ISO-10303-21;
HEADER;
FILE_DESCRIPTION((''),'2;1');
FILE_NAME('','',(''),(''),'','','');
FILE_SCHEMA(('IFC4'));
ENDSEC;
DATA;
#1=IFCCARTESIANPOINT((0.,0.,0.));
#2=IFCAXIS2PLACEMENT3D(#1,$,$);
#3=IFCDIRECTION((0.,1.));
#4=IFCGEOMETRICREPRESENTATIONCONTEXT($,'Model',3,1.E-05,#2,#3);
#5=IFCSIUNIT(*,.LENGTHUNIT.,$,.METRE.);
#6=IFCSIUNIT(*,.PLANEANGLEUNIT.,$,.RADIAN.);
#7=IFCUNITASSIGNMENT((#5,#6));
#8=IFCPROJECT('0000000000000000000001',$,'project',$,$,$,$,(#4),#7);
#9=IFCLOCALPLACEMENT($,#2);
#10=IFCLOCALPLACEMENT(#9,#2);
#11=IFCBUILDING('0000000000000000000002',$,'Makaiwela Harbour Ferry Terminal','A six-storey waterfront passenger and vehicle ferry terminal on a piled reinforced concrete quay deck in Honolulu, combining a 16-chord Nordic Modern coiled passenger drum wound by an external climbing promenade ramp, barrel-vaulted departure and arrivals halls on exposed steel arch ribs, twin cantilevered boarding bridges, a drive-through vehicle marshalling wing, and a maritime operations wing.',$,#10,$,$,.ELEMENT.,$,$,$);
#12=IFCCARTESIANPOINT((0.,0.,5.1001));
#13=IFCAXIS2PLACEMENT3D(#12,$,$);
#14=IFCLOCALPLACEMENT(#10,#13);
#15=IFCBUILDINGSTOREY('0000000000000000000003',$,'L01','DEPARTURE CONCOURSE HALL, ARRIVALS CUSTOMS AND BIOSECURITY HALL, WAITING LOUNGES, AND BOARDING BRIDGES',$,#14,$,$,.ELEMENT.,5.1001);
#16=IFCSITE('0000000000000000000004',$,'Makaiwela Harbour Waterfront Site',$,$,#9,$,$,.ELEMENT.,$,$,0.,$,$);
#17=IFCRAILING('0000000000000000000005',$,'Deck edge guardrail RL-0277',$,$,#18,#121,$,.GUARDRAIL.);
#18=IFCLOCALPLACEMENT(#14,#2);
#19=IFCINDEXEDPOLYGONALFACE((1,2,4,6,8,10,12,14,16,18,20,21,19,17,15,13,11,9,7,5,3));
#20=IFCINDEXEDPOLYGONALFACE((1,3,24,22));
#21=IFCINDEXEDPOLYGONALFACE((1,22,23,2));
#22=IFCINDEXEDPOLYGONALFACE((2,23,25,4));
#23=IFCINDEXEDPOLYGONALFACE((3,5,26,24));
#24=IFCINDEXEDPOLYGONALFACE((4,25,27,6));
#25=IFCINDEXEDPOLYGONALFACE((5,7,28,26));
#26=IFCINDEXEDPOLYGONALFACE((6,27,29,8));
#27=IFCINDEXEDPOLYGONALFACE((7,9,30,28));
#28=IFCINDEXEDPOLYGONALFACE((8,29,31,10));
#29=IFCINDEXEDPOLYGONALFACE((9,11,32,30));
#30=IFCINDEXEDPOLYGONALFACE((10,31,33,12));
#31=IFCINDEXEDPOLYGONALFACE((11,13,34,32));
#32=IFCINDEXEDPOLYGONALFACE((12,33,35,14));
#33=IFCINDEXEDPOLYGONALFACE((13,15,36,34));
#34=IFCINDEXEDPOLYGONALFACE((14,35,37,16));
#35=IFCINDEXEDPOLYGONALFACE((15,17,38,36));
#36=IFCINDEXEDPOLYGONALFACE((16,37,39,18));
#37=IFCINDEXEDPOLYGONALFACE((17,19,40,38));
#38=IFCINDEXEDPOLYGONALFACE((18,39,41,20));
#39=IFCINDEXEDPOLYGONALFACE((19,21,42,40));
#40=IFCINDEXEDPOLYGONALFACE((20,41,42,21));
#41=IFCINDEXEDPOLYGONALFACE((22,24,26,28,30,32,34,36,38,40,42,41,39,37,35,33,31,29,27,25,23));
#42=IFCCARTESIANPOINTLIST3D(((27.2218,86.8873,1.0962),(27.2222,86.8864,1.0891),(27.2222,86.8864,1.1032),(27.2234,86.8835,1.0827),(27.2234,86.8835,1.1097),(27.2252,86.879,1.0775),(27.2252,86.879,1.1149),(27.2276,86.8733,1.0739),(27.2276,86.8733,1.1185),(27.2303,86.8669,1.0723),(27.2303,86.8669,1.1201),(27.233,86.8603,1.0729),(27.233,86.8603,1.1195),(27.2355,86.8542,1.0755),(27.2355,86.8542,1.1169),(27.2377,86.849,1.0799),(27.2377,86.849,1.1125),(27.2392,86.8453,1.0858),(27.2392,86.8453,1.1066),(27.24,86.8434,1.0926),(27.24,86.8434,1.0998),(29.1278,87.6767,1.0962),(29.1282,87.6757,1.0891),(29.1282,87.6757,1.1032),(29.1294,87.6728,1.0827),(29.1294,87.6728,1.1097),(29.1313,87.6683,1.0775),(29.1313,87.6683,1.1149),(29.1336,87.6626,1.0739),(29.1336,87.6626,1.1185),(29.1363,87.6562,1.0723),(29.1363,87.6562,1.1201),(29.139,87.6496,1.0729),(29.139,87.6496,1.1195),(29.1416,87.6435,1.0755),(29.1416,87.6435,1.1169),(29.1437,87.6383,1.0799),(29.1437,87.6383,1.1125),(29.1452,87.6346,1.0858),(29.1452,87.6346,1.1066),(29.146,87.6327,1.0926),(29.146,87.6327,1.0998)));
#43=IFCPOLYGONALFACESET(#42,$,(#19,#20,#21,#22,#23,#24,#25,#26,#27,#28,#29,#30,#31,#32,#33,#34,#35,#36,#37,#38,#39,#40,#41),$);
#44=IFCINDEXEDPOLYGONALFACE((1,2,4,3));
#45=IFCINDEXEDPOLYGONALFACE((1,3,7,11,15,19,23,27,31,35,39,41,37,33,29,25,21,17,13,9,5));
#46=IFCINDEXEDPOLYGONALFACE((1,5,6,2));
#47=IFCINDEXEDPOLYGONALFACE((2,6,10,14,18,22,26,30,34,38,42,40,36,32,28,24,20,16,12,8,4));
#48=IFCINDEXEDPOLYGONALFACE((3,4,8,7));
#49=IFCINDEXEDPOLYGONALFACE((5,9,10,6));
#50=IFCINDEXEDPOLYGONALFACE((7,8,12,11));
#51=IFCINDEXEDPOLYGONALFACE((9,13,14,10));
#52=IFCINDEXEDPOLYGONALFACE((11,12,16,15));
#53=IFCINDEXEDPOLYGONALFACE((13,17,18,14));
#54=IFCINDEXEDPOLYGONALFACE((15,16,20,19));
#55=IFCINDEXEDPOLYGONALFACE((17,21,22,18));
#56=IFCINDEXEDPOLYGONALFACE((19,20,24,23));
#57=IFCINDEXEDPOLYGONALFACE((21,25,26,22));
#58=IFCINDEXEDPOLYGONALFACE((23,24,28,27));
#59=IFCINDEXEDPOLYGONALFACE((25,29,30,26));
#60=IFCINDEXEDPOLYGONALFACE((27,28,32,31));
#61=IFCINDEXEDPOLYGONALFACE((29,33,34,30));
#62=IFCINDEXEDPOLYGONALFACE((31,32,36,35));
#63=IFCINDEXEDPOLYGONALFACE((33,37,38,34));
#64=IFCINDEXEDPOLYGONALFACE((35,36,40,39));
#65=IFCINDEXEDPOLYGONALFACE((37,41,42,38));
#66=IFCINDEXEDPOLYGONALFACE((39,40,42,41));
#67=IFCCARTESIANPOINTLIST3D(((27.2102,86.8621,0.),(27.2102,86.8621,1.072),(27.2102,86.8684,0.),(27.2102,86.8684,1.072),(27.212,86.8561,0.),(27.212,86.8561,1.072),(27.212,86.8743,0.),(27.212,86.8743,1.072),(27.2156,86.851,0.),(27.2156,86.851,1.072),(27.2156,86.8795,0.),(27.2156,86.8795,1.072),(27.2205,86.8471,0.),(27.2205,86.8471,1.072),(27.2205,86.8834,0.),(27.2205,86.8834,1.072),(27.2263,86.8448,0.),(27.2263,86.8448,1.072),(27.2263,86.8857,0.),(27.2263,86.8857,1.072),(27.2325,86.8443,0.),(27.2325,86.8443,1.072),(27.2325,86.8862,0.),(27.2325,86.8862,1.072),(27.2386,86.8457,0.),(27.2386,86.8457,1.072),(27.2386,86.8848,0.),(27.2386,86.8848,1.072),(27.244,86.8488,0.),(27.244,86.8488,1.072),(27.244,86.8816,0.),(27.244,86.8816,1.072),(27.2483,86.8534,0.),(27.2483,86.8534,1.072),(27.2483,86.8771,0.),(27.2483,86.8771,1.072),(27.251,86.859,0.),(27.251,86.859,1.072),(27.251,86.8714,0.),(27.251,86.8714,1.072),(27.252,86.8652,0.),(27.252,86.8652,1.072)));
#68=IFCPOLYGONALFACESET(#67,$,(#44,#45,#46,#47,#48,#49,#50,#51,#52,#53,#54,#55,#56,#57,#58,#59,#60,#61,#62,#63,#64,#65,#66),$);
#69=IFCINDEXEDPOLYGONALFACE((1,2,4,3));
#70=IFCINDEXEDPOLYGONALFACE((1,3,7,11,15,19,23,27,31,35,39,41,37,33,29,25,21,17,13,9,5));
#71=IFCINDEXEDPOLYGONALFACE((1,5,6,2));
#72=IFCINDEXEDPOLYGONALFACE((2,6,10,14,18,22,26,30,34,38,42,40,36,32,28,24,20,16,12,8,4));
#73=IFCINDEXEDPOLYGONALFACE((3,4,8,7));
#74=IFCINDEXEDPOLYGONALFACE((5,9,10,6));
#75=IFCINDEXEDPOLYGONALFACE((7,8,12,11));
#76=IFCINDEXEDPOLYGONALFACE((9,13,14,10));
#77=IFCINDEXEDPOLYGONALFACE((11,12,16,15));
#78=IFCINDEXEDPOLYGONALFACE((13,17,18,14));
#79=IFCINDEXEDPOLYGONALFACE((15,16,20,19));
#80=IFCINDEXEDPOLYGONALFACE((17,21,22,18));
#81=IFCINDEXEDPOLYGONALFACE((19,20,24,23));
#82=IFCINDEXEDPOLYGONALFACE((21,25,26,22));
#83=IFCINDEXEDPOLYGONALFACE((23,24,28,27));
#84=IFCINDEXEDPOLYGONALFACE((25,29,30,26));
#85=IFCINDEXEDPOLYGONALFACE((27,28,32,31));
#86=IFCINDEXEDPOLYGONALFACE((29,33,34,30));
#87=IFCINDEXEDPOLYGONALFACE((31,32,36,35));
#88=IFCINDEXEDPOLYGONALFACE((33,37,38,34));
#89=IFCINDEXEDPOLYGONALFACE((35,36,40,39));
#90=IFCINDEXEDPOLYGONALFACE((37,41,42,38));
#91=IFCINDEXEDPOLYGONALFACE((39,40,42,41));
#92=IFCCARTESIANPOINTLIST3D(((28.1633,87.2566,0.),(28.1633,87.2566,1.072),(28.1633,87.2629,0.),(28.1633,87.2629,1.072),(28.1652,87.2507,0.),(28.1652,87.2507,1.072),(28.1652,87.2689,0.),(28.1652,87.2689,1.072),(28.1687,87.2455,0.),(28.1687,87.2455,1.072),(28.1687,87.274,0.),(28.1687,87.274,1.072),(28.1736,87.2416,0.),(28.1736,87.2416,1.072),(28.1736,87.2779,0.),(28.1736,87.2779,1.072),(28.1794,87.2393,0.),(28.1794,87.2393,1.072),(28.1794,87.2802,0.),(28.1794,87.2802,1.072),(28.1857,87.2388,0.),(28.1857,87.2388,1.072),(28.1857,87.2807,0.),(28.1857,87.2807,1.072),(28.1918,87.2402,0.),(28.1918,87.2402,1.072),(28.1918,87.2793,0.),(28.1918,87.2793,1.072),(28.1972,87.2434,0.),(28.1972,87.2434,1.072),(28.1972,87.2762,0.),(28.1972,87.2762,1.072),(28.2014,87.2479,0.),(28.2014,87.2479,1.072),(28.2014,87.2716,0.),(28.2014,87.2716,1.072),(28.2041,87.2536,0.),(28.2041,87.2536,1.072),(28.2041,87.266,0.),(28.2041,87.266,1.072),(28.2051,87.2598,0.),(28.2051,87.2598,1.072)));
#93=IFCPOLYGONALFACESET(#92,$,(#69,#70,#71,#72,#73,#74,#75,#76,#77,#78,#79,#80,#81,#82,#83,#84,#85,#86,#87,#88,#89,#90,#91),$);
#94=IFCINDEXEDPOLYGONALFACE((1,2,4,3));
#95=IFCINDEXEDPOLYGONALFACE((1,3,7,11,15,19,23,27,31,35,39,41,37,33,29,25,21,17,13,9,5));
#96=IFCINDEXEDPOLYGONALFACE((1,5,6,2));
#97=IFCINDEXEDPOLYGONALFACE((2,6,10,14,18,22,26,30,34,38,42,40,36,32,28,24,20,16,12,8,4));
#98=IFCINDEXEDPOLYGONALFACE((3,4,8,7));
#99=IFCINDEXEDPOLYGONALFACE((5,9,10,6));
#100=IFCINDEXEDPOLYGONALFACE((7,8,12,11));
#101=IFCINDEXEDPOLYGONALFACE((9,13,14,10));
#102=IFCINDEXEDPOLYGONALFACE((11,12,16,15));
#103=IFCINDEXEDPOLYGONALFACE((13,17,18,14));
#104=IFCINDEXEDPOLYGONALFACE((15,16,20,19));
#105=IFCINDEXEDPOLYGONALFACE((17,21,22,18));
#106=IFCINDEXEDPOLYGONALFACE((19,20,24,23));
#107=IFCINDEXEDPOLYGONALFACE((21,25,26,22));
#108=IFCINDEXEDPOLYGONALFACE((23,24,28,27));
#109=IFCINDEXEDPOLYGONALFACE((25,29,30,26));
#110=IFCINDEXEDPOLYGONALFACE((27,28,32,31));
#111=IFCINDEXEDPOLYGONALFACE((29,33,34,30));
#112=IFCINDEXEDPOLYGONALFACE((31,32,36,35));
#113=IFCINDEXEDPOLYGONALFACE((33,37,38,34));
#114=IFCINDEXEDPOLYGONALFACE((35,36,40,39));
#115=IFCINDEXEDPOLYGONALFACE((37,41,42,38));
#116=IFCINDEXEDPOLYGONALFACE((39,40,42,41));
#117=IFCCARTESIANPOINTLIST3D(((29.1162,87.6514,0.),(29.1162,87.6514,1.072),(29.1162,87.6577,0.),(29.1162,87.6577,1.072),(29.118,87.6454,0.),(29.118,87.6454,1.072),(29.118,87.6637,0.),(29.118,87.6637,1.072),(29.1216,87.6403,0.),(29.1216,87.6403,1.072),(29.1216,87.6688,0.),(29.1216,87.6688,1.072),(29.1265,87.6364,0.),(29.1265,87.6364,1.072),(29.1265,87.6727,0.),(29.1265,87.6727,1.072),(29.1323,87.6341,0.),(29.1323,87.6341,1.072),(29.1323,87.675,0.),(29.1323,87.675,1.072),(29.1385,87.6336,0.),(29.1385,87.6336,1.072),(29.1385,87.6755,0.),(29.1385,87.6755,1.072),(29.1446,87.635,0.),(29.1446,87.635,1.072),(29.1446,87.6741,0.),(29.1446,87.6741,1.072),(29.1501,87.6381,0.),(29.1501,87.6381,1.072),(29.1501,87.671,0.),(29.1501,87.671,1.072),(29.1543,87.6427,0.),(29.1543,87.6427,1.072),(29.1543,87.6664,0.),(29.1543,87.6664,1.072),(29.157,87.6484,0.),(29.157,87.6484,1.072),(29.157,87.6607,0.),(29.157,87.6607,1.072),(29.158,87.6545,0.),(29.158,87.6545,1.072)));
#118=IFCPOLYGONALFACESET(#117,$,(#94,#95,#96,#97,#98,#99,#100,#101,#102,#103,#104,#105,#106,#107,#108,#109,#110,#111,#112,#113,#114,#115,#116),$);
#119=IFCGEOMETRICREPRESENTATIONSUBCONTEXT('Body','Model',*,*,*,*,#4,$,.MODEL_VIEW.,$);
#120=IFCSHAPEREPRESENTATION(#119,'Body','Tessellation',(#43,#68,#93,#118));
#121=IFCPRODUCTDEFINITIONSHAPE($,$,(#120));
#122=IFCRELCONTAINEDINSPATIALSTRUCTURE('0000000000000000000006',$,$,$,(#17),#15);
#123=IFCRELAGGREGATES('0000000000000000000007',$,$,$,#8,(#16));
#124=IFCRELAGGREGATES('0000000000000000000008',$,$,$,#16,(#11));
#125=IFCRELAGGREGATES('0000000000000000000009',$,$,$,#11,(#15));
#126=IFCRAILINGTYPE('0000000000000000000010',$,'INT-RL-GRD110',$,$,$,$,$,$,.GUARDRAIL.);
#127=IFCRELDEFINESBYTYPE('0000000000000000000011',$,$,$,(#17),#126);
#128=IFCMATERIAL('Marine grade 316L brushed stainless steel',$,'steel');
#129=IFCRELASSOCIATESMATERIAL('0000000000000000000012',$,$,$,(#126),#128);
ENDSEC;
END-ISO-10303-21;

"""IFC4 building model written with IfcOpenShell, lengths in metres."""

from ifc_helpers import new_model, si_unit, direction, frame, origin, origin_2d, place, context, subcontext, project, spatial, circle, extrude, material, type_object, element, save


model = new_model("IFC4")

# Units and contexts
model_context = context("Model", 3, precision=1e-05, world=origin(), true_north=direction((0.0, 1.0)))
body_context = subcontext(model_context, "Body", "Model", "MODEL_VIEW")
ifc_project = project(units=[si_unit("LENGTHUNIT", "METRE"), si_unit("PLANEANGLEUNIT", "RADIAN")], contexts=[model_context])

# Site, building, storey
site_placement = place(None, origin())
site = spatial("IfcSite", under=ifc_project, at=site_placement, Name="Makaiwela Harbour Waterfront Site", CompositionType="ELEMENT", RefElevation=0.0)
building_placement = place(site_placement, origin())
building = spatial("IfcBuilding", under=site, at=building_placement, Name="Makaiwela Harbour Ferry Terminal", Description="A six-storey waterfront passenger and vehicle ferry terminal on a piled reinforced concrete quay deck in Honolulu, combining a 16-chord Nordic Modern coiled passenger drum wound by an external climbing promenade ramp, barrel-vaulted departure and arrivals halls on exposed steel arch ribs, twin cantilevered boarding bridges, a drive-through vehicle marshalling wing, and a maritime operations wing.", CompositionType="ELEMENT")
storey_placement = place(building_placement, frame((0.0, 0.0, 5.1001)))
storey = spatial("IfcBuildingStorey", under=building, at=storey_placement, Name="L01", Description="DEPARTURE CONCOURSE HALL, ARRIVALS CUSTOMS AND BIOSECURITY HALL, WAITING LOUNGES, AND BOARDING BRIDGES", CompositionType="ELEMENT", Elevation=5.1001)

# Railing
ifc_material_1 = material(Name="Marine grade 316L brushed stainless steel", Category="steel")
railing_type_1 = type_object("IfcRailingType", Name="INT-RL-GRD110", PredefinedType="GUARDRAIL", material=ifc_material_1)
railing_1_placement = place(storey_placement, frame((27.231, 86.8652, 0.0)))
element("IfcRailing", 1, at=railing_1_placement, inside=storey, type_object=railing_type_1, Name="Deck edge guardrail RL-0277", PredefinedType="GUARDRAIL", context=body_context, shape_type="SweptSolid", body=[
    extrude(circle(Radius=0.0239, at=origin_2d()), frame((0.0, 0.0, 1.0962), z_axis=(0.923912, 0.382606, 0.0), x_axis=(-0.382606, 0.923912, 0.0)), (0.0, 0.0, 1.0), 2.063),
    extrude(circle(Radius=0.021, at=origin_2d()), origin(), (0.0, 0.0, 1.0), 1.072),
    extrude(circle(Radius=0.021, at=origin_2d()), frame((0.9531, 0.3945, 0.0)), (0.0, 0.0, 1.0), 1.072),
    extrude(circle(Radius=0.021, at=origin_2d()), frame((1.906, 0.7893, 0.0)), (0.0, 0.0, 1.0), 1.072),
])

save(model, "model.ifc")
